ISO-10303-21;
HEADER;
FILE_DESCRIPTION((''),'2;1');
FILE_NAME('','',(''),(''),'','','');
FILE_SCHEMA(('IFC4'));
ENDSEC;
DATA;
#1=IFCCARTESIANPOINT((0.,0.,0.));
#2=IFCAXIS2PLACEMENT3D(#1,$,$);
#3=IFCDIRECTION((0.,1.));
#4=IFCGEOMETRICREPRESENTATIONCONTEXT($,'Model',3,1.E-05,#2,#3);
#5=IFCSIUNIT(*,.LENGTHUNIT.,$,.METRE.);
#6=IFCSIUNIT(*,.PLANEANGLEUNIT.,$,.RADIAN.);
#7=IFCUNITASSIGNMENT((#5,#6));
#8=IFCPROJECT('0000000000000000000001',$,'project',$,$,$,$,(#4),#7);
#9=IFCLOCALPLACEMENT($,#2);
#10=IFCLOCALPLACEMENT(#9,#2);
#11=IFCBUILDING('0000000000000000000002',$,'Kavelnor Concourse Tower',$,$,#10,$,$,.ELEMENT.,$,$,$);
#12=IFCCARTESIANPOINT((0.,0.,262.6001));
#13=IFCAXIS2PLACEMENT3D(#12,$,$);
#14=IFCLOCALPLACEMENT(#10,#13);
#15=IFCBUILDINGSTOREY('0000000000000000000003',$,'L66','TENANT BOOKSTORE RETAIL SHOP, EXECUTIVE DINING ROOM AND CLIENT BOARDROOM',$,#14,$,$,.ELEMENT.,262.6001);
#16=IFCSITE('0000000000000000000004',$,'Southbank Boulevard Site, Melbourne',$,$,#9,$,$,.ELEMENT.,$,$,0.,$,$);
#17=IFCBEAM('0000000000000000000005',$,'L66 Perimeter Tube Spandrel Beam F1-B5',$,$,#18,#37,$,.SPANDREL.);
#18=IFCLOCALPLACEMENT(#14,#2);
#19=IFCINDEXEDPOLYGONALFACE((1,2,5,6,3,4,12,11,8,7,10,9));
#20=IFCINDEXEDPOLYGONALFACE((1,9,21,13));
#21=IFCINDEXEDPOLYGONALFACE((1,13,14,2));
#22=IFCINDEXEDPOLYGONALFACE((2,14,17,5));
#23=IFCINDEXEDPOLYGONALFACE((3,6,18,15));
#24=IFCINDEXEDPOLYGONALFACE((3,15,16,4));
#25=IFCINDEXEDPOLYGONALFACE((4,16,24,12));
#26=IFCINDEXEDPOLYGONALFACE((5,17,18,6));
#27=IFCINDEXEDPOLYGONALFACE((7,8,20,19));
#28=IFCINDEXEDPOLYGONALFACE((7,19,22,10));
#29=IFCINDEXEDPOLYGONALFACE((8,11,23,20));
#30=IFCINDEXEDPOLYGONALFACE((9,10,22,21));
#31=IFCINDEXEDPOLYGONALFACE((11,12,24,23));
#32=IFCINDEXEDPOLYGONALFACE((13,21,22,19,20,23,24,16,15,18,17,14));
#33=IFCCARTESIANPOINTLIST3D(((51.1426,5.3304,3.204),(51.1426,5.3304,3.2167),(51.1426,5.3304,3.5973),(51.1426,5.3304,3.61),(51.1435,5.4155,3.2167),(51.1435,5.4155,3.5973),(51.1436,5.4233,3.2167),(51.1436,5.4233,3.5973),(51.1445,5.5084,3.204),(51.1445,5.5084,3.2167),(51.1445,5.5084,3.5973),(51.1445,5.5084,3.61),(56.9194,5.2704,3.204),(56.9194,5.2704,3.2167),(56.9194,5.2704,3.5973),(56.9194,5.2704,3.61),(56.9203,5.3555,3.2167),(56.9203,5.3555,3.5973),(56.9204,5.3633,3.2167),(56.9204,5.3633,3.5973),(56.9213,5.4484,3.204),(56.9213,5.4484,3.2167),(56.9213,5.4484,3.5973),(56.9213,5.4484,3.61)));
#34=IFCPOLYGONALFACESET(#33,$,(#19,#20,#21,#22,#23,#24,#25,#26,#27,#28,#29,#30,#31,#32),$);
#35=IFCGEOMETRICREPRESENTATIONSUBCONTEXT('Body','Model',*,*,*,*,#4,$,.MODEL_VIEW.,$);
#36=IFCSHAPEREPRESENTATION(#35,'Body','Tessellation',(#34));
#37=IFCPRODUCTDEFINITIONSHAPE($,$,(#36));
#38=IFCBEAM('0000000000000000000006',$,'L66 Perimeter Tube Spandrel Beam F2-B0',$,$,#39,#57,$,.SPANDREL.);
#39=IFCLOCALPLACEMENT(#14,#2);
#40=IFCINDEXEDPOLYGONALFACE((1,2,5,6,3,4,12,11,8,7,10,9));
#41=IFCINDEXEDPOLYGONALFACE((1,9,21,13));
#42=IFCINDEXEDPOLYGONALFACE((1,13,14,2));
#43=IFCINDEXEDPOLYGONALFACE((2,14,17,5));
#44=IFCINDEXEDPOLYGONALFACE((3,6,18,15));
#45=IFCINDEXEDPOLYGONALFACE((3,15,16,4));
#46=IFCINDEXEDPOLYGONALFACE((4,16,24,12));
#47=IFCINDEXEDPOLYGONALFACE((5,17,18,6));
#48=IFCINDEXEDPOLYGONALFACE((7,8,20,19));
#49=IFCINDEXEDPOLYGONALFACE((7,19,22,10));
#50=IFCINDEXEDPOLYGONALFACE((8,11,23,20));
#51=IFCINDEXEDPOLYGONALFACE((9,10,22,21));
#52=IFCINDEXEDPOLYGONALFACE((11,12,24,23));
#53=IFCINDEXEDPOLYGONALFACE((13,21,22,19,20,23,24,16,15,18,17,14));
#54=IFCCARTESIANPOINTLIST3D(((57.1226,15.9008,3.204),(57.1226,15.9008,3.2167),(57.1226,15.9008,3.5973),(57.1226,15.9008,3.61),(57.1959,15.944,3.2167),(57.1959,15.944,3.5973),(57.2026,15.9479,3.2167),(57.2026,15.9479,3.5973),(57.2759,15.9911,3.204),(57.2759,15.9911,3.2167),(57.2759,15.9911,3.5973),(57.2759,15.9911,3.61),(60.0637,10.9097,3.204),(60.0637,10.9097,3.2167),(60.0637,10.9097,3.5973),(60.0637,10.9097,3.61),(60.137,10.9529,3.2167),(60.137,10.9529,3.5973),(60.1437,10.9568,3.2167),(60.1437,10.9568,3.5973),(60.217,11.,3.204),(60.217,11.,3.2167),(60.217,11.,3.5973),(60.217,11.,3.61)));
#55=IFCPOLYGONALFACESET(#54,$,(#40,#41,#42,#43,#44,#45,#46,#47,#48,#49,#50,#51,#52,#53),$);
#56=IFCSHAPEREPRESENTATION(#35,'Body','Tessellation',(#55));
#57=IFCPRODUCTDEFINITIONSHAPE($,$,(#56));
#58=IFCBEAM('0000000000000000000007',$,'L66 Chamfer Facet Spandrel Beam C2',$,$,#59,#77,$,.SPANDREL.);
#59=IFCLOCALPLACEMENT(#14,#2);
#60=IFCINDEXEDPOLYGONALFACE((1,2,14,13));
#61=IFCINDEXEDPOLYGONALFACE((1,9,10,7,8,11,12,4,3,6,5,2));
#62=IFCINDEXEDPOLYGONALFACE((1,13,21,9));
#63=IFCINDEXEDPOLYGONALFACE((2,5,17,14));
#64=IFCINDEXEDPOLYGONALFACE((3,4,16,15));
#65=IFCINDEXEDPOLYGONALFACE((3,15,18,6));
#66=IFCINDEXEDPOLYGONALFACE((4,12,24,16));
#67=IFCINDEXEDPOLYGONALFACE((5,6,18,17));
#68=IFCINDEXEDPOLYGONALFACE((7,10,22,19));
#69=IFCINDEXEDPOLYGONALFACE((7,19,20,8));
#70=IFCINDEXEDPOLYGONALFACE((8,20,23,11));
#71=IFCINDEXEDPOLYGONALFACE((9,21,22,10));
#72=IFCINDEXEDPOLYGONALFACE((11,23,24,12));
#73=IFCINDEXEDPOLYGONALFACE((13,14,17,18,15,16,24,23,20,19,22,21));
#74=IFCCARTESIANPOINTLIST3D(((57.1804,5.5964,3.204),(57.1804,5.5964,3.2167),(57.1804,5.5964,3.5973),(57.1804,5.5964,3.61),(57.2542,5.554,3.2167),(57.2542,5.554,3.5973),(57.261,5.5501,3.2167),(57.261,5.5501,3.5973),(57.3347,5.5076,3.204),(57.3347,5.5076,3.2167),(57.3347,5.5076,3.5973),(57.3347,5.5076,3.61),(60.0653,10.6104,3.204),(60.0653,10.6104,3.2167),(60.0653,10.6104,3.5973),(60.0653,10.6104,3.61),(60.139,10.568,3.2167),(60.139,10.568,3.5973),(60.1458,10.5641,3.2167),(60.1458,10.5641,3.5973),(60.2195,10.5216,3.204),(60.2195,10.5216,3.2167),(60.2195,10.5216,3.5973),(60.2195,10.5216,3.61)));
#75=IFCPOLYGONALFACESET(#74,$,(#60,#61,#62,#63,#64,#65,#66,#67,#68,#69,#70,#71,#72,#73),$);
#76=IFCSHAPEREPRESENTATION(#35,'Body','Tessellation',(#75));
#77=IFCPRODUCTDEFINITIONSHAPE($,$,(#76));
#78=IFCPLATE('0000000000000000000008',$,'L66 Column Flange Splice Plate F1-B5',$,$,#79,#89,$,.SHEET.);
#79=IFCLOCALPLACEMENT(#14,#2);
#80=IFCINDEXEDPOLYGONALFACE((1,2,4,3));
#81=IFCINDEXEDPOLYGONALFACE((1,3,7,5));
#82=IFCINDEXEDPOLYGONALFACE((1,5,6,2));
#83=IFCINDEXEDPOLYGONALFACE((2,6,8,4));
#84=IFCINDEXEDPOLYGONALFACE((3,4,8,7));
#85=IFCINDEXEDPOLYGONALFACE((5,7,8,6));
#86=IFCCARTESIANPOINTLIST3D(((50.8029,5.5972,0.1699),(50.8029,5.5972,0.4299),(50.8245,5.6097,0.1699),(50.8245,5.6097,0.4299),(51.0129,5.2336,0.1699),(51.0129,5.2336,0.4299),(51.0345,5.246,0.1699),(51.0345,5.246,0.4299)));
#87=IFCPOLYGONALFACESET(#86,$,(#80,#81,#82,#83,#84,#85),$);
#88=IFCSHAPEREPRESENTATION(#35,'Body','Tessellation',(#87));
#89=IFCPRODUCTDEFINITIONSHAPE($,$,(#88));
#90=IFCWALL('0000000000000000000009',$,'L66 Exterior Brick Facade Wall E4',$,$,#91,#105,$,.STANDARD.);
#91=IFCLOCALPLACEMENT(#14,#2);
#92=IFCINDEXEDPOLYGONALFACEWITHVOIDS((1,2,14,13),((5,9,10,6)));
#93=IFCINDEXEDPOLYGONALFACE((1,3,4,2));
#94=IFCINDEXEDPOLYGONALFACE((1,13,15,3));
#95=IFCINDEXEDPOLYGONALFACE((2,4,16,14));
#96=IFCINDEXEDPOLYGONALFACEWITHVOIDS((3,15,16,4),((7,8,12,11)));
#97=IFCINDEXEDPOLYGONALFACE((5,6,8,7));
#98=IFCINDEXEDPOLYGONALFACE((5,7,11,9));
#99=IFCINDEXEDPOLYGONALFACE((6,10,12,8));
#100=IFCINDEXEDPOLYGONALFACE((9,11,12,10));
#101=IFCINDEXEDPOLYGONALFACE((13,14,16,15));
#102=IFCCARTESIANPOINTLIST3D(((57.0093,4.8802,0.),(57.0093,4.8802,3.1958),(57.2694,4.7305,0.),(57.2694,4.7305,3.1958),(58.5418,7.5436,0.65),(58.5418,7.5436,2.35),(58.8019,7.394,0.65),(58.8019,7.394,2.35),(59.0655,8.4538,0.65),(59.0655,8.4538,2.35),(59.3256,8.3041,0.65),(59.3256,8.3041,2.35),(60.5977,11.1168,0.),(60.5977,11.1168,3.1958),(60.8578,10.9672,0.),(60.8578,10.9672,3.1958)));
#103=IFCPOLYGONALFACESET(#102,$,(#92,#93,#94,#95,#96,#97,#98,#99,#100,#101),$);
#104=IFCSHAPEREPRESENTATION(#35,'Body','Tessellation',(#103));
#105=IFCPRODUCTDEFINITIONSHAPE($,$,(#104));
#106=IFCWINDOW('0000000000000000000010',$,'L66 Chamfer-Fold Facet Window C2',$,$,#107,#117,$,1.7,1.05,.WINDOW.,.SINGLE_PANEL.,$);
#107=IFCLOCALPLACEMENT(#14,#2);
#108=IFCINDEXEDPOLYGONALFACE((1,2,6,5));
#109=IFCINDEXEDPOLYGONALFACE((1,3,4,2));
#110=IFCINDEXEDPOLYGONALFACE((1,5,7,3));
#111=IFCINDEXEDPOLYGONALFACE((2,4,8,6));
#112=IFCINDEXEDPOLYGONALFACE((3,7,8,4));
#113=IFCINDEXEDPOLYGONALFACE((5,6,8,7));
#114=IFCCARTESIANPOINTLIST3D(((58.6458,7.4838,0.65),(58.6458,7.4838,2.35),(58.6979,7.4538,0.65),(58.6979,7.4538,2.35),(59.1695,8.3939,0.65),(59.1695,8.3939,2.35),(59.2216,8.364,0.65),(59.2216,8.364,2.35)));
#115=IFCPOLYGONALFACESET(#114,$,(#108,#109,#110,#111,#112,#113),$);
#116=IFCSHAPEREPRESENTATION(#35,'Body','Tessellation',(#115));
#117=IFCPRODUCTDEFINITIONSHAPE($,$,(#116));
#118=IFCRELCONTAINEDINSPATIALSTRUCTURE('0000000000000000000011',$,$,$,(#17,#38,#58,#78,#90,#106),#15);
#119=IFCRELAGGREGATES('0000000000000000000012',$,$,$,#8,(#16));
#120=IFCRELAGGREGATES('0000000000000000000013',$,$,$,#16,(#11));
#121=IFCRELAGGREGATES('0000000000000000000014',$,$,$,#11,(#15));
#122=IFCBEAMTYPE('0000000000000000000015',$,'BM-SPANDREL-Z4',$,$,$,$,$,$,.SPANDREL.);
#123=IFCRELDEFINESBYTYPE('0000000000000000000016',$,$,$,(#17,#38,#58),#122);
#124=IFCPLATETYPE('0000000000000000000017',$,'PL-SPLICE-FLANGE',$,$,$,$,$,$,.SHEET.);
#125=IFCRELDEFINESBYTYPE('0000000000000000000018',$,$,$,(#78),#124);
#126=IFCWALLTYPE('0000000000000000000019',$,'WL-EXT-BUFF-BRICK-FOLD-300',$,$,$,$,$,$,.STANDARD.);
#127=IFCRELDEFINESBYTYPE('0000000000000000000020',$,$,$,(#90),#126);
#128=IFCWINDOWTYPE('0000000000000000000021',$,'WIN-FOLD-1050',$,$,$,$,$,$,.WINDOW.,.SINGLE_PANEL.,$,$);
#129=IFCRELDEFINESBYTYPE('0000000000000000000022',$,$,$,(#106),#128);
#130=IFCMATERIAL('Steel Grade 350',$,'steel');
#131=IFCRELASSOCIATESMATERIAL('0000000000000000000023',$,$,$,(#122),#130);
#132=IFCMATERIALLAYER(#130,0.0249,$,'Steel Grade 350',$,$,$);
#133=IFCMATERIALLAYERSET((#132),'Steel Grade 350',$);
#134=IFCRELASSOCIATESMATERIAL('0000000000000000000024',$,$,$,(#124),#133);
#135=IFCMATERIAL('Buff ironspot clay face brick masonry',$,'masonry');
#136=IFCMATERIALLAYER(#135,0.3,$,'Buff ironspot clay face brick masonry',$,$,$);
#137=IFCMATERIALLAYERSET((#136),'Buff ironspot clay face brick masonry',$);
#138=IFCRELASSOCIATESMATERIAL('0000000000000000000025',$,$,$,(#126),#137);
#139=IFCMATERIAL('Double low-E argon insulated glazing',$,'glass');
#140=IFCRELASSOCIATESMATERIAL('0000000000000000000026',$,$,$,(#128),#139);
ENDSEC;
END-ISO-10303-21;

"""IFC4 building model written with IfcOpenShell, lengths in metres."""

from ifc_helpers import new_model, si_unit, direction, frame, frame_2d, origin, origin_2d, place, context, subcontext, project, spatial, rectangle, i_section, extrude, material, layer, layer_set, material_profile, profile_set, type_object, element, fill, save


model = new_model("IFC4")

# Units and contexts
model_context = context("Model", 3, precision=1e-05, world=origin(), true_north=direction((0.0, 1.0)))
body_context = subcontext(model_context, "Body", "Model", "MODEL_VIEW")
ifc_project = project(units=[si_unit("LENGTHUNIT", "METRE"), si_unit("PLANEANGLEUNIT", "RADIAN")], contexts=[model_context])

# Site, building, storey
site_placement = place(None, origin())
site = spatial("IfcSite", under=ifc_project, at=site_placement, Name="Southbank Boulevard Site, Melbourne", CompositionType="ELEMENT", RefElevation=0.0)
building_placement = place(site_placement, origin())
building = spatial("IfcBuilding", under=site, at=building_placement, Name="Kavelnor Concourse Tower", CompositionType="ELEMENT")
storey_placement = place(building_placement, frame((0.0, 0.0, 262.6001)))
storey = spatial("IfcBuildingStorey", under=building, at=storey_placement, Name="L66", Description="TENANT BOOKSTORE RETAIL SHOP, EXECUTIVE DINING ROOM AND CLIENT BOARDROOM", CompositionType="ELEMENT", Elevation=262.6001)

# Shared definitions
ifc_material_1 = material(Name="Steel Grade 350", Category="steel")

# Beams
ifc_material_profile_1 = material_profile(ifc_material_1, i_section(OverallWidth=0.178, OverallDepth=0.406, WebThickness=0.0078, FlangeThickness=0.0127, at=origin_2d()), Name="410UB59")
ifc_profile_set_1 = profile_set([ifc_material_profile_1], Name="Steel Grade 350")
beam_type_1 = type_object("IfcBeamType", Name="BM-SPANDREL-Z4", PredefinedType="SPANDREL", material=ifc_profile_set_1)
beam_1_placement = place(storey_placement, frame((51.1436, 5.4194, 3.407), z_axis=(0.999946, -0.010396, 0.0), x_axis=(0.010396, 0.999946, 0.0)))
element("IfcBeam", 1, at=beam_1_placement, inside=storey, type_object=beam_type_1, Name="L66 Perimeter Tube Spandrel Beam F1-B5", PredefinedType="SPANDREL", context=body_context, shape_type="SweptSolid", body=[
    extrude(i_section(OverallWidth=0.178, OverallDepth=0.406, WebThickness=0.0078, FlangeThickness=0.0127, at=origin_2d()), origin(), (0.0, 0.0, 1.0), 5.7771),
])
beam_2_placement = place(storey_placement, frame((60.1404, 10.9548, 3.407), z_axis=(-0.507681, 0.861545, 0.0), x_axis=(-0.861545, -0.507681, 0.0)))
element("IfcBeam", 2, at=beam_2_placement, inside=storey, type_object=beam_type_1, Name="L66 Perimeter Tube Spandrel Beam F2-B0", PredefinedType="SPANDREL", context=body_context, shape_type="SweptSolid", body=[
    extrude(i_section(OverallWidth=0.178, OverallDepth=0.406, WebThickness=0.0078, FlangeThickness=0.0127, at=origin_2d()), origin(), (0.0, 0.0, 1.0), 5.7932),
])
beam_3_placement = place(storey_placement, frame((57.2576, 5.552, 3.407), z_axis=(0.4987, 0.866775, 0.0), x_axis=(-0.866775, 0.4987, 0.0)))
element("IfcBeam", 3, at=beam_3_placement, inside=storey, type_object=beam_type_1, Name="L66 Chamfer Facet Spandrel Beam C2", PredefinedType="SPANDREL", context=body_context, shape_type="SweptSolid", body=[
    extrude(i_section(OverallWidth=0.178, OverallDepth=0.406, WebThickness=0.0078, FlangeThickness=0.0127, at=origin_2d()), origin(), (0.0, 0.0, 1.0), 5.7847),
])

# Plate
ifc_layer_1 = layer(ifc_material_1, 0.0249, Name="Steel Grade 350")
ifc_layer_set_1 = layer_set([ifc_layer_1], Name="Steel Grade 350")
plate_type = type_object("IfcPlateType", Name="PL-SPLICE-FLANGE", PredefinedType="SHEET", material=ifc_layer_set_1)
plate_placement = place(storey_placement, frame((50.9187, 5.4216, 0.1699), z_axis=(0.0, 0.0, 1.0), x_axis=(-0.5, 0.866025, 0.0)))
element("IfcPlate", 4, at=plate_placement, inside=storey, type_object=plate_type, Name="L66 Column Flange Splice Plate F1-B5", PredefinedType="SHEET", context=body_context, shape_type="SweptSolid", body=[
    extrude(rectangle(XDim=0.4199, YDim=0.0249, at=origin_2d()), origin(), (0.0, 0.0, 1.0), 0.26),
])

# Wall, opening, window
ifc_material_2 = material(Name="Buff ironspot clay face brick masonry", Category="masonry")
ifc_layer_2 = layer(ifc_material_2, 0.3, Name="Buff ironspot clay face brick masonry")
ifc_layer_set_2 = layer_set([ifc_layer_2], Name="Buff ironspot clay face brick masonry")
wall_type_1 = type_object("IfcWallType", Name="WL-EXT-BUFF-BRICK-FOLD-300", PredefinedType="STANDARD", material=ifc_layer_set_2)
wall_1_placement = place(storey_placement, frame((60.7278, 11.042, 0.0), z_axis=(0.0, 0.0, 1.0), x_axis=(-0.498717, -0.866765, 0.0)))
wall_1 = element("IfcWall", 5, at=wall_1_placement, inside=storey, type_object=wall_type_1, Name="L66 Exterior Brick Facade Wall E4", PredefinedType="STANDARD", context=body_context, shape_type="SweptSolid", body=[
    extrude(rectangle(XDim=7.1953, YDim=0.3, at=frame_2d((3.5977, 0.0))), origin(), (0.0, 0.0, 1.0), 3.1958),
])
opening_1_placement = place(wall_1_placement, frame((3.0725, 0.0, 0.6499)))
opening_1 = element("IfcOpeningElement", 6, at=opening_1_placement, cuts=wall_1, PredefinedType="OPENING", context=body_context, shape_type="SweptSolid", body=[
    extrude(rectangle(XDim=1.05, YDim=1.7, at=frame_2d((0.5249, 0.8501))), frame((0.0, 0.1602, 0.0), z_axis=(0.0, -1.0, 0.0), x_axis=(1.0, 0.0, 0.0)), (0.0, 0.0, 1.0), 0.3201),
])
ifc_material_3 = material(Name="Double low-E argon insulated glazing", Category="glass")
window_type_1 = type_object("IfcWindowType", Name="WIN-FOLD-1050", PartitioningType="SINGLE_PANEL", PredefinedType="WINDOW", material=ifc_material_3)
window_1_placement = place(opening_1_placement, origin())
window_1 = element("IfcWindow", 7, at=window_1_placement, inside=storey, type_object=window_type_1, Name="L66 Chamfer-Fold Facet Window C2", OverallHeight=1.7, OverallWidth=1.05, PartitioningType="SINGLE_PANEL", PredefinedType="WINDOW", context=body_context, shape_type="SweptSolid", body=[
    extrude(rectangle(XDim=1.05, YDim=1.7, at=frame_2d((0.5249, 0.8501))), frame((0.0, 0.03, 0.0), z_axis=(0.0, -1.0, 0.0), x_axis=(1.0, 0.0, 0.0)), (0.0, 0.0, 1.0), 0.0601),
])
fill(opening_1, window_1)

save(model, "model.ifc")
